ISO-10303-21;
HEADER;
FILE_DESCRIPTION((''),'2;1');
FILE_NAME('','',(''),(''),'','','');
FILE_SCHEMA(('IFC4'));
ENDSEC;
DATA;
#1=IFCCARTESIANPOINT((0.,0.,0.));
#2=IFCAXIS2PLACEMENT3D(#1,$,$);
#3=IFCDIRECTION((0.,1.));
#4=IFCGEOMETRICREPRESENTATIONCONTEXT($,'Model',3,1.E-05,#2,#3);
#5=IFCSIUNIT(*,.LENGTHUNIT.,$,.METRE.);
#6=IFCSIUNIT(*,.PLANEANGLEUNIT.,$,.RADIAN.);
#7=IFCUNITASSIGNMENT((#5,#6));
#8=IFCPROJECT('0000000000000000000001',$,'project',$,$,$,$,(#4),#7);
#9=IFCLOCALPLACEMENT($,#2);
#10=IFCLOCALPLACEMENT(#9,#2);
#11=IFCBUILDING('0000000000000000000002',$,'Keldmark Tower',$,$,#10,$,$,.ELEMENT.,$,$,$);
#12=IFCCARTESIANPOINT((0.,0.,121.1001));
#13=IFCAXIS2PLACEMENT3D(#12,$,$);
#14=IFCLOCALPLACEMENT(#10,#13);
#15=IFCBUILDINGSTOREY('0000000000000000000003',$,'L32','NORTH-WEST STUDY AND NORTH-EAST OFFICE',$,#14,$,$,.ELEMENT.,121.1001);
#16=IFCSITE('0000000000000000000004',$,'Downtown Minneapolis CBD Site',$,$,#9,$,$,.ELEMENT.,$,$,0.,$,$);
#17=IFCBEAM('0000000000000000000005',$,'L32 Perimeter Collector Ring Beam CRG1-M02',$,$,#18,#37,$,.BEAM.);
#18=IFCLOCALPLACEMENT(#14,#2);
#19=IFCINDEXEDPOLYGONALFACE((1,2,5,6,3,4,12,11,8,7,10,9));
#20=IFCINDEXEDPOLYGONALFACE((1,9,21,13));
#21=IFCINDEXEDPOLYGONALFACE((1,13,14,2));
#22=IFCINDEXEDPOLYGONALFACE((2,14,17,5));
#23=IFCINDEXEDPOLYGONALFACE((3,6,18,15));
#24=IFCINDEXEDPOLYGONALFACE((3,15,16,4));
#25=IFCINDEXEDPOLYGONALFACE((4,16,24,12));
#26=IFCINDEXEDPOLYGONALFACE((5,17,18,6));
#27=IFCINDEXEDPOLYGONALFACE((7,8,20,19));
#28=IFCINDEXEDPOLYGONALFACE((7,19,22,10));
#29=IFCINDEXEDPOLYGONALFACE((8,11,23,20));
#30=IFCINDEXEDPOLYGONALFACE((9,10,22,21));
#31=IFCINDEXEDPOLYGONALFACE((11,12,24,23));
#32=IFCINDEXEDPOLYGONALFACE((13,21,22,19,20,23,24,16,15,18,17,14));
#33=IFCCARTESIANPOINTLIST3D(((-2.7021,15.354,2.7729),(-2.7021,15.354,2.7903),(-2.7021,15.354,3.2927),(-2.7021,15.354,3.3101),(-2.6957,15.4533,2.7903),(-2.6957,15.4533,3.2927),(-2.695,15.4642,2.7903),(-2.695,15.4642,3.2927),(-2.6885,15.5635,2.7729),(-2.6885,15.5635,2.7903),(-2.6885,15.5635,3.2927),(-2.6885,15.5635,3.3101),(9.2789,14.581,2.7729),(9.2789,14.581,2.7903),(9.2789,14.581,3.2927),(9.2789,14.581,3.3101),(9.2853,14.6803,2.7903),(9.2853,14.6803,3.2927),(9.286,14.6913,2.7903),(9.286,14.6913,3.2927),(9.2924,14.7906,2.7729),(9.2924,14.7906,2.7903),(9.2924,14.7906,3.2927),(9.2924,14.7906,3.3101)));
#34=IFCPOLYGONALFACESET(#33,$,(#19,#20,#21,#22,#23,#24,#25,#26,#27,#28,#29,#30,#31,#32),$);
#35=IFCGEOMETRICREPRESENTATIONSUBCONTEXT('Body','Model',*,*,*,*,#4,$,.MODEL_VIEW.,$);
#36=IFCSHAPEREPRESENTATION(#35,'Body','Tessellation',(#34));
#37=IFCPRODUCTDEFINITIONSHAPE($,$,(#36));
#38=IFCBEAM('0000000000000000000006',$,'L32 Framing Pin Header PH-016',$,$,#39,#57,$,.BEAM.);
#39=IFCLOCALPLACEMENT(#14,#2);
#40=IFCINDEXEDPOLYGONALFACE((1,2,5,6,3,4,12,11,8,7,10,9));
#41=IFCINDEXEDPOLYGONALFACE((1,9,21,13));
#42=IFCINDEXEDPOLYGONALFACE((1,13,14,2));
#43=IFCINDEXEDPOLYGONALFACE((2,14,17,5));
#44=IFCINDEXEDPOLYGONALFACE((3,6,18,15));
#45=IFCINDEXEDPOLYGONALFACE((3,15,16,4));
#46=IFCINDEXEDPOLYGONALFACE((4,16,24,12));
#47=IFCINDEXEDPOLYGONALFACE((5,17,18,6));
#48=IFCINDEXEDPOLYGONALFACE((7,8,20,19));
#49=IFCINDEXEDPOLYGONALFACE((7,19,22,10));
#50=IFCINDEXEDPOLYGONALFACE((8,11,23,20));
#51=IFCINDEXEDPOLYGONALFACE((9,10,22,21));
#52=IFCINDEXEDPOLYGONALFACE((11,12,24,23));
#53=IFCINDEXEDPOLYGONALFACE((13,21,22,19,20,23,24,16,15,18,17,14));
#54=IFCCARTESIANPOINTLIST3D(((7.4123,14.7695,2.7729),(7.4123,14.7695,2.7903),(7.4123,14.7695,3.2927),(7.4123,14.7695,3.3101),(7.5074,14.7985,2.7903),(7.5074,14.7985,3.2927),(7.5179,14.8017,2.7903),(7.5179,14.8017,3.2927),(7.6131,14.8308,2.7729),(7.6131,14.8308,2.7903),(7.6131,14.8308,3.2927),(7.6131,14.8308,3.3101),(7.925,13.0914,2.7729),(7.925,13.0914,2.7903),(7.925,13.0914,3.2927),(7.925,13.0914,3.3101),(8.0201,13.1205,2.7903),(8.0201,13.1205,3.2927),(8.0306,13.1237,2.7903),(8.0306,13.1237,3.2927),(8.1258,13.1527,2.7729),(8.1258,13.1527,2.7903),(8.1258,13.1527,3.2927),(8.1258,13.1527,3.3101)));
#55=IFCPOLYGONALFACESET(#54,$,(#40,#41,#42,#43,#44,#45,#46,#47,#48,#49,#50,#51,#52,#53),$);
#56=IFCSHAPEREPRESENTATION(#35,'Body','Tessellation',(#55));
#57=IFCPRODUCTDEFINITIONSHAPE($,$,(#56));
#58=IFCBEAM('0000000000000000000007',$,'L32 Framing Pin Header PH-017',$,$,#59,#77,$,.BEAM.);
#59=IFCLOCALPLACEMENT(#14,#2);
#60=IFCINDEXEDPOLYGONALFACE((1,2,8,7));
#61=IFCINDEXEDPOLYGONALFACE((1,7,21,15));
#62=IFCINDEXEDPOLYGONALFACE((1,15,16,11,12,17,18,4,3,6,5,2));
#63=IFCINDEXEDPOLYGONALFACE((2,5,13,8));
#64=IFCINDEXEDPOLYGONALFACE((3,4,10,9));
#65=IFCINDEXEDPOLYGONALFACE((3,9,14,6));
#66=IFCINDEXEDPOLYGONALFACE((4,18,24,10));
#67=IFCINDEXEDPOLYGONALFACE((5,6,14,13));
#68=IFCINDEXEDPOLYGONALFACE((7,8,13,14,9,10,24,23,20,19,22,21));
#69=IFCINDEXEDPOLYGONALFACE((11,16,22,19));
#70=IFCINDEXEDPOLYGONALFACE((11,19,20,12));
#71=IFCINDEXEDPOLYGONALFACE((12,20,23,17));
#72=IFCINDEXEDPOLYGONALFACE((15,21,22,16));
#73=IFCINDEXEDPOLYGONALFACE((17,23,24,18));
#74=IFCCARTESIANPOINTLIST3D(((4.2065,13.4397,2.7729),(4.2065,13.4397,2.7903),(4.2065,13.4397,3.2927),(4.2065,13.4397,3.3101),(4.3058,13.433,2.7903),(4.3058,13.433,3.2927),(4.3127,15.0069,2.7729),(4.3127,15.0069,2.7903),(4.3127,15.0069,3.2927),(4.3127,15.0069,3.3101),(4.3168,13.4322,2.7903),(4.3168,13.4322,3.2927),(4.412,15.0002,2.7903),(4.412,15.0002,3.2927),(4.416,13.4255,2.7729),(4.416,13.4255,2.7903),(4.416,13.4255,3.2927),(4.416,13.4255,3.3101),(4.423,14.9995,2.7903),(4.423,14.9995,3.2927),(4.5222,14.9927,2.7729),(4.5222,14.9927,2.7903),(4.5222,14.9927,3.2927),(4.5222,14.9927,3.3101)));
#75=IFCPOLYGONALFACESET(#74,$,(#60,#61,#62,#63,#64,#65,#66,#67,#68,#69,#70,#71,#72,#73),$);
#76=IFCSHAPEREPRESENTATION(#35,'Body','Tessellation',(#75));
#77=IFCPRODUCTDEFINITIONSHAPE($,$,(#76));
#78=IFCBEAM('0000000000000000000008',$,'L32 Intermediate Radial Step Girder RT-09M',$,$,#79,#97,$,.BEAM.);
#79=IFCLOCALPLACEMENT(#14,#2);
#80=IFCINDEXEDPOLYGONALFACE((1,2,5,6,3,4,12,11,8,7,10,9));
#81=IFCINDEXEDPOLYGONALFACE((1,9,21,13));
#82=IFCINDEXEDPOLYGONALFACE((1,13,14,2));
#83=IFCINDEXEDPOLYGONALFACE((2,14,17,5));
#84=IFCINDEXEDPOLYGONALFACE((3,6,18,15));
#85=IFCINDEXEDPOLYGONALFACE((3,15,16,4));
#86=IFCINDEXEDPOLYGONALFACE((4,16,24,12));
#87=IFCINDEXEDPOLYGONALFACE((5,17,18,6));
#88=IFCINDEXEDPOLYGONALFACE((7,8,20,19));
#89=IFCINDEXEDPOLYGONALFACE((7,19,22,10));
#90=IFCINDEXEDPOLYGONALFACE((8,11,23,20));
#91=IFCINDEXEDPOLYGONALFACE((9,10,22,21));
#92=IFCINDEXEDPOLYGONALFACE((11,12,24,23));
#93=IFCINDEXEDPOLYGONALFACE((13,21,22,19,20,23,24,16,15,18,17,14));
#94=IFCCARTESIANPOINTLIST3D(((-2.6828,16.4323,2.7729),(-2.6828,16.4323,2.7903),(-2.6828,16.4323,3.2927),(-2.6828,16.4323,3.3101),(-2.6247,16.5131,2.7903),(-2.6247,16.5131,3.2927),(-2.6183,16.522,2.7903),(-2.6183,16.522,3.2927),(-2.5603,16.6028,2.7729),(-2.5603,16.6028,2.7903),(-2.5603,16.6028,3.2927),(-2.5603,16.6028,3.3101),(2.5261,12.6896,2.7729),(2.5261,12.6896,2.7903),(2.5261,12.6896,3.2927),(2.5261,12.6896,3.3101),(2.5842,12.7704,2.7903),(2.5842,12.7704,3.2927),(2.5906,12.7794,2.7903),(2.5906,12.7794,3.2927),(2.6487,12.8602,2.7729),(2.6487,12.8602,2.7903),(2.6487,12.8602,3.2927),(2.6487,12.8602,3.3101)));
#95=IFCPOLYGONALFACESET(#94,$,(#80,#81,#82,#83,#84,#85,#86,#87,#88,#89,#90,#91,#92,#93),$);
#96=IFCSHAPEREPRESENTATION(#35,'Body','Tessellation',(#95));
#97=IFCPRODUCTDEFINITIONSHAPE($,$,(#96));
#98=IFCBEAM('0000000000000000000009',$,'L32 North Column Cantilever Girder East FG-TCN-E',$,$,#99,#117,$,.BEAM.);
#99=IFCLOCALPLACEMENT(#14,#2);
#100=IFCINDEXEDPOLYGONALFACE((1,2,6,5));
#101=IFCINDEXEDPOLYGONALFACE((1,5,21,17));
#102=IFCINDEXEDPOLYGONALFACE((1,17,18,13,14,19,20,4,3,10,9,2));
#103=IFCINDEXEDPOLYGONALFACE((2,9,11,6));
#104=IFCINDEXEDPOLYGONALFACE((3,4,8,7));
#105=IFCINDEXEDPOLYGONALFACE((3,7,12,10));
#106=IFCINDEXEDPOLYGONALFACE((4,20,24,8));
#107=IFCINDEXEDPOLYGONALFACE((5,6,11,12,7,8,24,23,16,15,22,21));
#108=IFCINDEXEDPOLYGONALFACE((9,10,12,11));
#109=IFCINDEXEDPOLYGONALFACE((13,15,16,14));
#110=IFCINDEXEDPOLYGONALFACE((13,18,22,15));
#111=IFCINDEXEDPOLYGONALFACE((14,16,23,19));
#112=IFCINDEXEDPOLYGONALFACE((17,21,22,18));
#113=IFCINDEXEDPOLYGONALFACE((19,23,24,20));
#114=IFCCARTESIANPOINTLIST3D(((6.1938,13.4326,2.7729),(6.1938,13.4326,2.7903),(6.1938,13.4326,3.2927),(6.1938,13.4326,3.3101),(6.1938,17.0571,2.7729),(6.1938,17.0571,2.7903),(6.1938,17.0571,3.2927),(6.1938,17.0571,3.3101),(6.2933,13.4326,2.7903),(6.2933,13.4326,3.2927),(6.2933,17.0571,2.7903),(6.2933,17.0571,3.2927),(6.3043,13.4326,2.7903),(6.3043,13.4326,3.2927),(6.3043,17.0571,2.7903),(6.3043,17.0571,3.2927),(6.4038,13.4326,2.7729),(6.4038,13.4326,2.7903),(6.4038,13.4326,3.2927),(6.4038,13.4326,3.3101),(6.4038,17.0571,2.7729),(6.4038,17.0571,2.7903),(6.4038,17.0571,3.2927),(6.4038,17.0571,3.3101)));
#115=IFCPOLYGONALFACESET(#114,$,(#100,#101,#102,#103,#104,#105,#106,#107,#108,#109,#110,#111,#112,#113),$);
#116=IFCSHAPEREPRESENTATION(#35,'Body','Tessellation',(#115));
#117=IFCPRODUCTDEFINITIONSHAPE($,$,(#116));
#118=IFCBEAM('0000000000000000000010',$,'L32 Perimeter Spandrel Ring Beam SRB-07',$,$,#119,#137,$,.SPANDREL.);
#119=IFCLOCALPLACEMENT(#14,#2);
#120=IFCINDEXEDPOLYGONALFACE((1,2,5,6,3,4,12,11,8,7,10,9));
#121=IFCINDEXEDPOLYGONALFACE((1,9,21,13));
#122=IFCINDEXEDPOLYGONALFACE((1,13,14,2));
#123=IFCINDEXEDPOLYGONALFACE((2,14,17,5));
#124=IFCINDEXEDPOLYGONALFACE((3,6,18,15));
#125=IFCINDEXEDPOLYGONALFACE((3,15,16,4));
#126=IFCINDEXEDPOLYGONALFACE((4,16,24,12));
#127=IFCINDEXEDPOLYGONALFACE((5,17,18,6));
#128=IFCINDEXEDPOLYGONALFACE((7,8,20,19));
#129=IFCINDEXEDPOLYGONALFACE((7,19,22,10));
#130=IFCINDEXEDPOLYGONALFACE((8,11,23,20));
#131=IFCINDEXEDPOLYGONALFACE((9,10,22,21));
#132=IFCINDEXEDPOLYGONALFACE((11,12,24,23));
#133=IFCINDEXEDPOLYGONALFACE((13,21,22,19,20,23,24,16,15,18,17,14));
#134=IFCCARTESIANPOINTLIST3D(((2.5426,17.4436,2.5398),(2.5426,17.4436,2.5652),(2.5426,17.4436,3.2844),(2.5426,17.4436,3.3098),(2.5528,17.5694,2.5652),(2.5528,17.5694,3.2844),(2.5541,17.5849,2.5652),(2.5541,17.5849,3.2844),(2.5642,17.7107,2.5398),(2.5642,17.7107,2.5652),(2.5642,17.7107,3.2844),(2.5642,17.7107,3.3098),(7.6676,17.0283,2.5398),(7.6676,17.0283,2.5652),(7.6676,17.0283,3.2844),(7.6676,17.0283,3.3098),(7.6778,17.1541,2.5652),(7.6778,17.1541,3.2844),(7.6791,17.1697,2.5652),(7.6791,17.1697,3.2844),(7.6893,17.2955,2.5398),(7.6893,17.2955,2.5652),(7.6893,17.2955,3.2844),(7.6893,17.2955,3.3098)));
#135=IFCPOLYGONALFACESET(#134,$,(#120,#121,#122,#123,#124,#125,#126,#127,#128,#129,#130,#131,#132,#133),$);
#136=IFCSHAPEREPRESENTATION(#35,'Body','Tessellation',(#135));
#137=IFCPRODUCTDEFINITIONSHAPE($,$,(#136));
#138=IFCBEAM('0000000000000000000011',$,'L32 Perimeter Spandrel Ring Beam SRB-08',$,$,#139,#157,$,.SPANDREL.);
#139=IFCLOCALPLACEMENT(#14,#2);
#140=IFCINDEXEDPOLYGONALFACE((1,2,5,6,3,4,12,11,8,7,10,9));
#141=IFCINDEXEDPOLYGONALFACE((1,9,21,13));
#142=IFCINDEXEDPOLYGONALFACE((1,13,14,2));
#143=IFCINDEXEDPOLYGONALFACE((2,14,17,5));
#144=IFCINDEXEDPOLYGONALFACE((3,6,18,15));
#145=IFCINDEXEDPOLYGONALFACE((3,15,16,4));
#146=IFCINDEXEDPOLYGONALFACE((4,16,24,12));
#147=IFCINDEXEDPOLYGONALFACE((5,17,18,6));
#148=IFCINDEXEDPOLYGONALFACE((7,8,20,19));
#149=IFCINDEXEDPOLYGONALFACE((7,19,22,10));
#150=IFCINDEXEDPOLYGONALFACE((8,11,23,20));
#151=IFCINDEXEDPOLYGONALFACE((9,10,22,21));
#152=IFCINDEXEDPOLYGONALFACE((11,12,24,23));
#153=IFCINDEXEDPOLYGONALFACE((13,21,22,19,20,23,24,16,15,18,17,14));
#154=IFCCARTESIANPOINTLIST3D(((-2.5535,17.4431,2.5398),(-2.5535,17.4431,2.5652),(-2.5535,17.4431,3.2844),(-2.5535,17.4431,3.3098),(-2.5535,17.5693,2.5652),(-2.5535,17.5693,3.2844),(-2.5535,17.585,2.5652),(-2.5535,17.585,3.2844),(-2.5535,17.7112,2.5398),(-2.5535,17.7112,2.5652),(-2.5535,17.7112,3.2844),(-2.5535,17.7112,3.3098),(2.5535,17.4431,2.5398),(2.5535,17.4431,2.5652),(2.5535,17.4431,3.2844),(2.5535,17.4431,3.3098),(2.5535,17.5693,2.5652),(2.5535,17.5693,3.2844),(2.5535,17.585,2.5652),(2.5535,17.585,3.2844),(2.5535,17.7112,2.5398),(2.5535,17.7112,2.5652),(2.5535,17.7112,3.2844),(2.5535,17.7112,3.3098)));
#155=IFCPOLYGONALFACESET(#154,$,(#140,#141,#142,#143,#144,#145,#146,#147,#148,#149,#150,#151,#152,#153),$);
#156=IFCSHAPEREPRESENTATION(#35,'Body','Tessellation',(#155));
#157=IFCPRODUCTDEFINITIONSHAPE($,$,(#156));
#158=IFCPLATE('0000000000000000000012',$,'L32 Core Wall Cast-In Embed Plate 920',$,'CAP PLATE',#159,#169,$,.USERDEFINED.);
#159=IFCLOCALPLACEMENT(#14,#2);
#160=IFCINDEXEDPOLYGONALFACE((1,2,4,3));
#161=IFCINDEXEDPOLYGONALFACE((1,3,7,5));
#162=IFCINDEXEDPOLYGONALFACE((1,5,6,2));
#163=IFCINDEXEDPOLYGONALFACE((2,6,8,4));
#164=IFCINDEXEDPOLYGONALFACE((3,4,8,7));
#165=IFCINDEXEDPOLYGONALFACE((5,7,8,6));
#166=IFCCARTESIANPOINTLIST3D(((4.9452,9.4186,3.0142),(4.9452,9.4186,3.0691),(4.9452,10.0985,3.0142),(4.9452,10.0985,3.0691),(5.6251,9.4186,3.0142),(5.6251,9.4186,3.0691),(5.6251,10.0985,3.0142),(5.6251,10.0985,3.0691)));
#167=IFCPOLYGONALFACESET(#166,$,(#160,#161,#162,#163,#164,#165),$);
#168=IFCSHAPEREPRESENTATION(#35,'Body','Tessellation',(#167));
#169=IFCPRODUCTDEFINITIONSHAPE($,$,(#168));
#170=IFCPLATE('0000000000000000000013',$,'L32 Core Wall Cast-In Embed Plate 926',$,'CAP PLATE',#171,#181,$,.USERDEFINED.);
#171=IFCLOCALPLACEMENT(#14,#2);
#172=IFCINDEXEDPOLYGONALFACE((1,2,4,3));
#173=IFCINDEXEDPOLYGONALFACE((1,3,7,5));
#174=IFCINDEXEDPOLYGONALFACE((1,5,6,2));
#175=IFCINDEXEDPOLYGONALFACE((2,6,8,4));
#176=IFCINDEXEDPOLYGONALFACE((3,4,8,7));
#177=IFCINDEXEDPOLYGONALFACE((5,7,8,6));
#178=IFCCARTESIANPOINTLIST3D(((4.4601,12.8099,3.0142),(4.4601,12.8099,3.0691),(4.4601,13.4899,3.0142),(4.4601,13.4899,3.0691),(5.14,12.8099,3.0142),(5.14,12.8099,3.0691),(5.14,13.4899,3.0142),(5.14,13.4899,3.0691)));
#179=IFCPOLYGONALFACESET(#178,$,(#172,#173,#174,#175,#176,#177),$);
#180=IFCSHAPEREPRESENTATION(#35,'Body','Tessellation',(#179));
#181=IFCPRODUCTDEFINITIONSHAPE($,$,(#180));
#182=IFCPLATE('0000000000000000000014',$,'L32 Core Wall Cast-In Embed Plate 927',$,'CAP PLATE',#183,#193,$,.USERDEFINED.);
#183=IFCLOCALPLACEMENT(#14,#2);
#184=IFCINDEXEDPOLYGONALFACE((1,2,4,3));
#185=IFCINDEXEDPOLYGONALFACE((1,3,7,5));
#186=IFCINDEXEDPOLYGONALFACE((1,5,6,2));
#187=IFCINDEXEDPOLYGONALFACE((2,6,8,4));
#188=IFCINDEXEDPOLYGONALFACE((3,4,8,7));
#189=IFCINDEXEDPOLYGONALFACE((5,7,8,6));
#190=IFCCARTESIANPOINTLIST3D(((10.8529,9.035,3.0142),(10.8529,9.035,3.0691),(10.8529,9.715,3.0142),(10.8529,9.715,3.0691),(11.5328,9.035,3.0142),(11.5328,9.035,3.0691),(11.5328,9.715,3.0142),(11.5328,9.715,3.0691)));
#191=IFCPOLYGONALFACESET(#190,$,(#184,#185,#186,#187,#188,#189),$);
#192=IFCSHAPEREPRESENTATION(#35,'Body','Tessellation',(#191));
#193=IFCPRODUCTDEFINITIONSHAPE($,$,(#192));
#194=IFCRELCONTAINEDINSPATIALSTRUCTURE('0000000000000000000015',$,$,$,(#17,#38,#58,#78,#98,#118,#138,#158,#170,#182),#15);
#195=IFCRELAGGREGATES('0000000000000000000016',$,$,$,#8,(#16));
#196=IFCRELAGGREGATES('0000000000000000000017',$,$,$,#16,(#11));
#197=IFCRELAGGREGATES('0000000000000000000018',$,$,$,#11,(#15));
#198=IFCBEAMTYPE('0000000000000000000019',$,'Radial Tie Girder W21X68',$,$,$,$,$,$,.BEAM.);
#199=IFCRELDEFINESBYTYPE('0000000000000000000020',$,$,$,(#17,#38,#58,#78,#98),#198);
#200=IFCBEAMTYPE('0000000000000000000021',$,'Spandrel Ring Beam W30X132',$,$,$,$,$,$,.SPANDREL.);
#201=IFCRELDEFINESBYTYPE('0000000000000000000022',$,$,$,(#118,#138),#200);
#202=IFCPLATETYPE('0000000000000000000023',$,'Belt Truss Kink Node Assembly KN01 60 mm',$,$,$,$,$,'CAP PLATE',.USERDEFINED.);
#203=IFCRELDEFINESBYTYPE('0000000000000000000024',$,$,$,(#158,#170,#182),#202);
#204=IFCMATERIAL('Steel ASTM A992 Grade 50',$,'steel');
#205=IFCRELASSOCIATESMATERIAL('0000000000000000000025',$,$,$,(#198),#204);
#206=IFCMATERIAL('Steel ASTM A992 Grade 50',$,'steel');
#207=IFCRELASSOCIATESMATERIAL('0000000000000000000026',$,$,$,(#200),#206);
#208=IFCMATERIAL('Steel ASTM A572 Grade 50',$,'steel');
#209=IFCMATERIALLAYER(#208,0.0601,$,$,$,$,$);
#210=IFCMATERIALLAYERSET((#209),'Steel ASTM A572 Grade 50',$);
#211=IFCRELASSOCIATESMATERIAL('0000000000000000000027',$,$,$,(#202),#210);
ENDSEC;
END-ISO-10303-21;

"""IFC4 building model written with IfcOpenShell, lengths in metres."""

from ifc_helpers import new_model, si_unit, direction, frame, origin, origin_2d, place, context, subcontext, project, spatial, rectangle, i_section, extrude, material, layer, layer_set, material_profile, profile_set, type_object, element, save


model = new_model("IFC4")

# Units and contexts
model_context = context("Model", 3, precision=1e-05, world=origin(), true_north=direction((0.0, 1.0)))
body_context = subcontext(model_context, "Body", "Model", "MODEL_VIEW")
ifc_project = project(units=[si_unit("LENGTHUNIT", "METRE"), si_unit("PLANEANGLEUNIT", "RADIAN")], contexts=[model_context])

# Site, building, storey
site_placement = place(None, origin())
site = spatial("IfcSite", under=ifc_project, at=site_placement, Name="Downtown Minneapolis CBD Site", CompositionType="ELEMENT", RefElevation=0.0)
building_placement = place(site_placement, origin())
building = spatial("IfcBuilding", under=site, at=building_placement, Name="Keldmark Tower", CompositionType="ELEMENT")
storey_placement = place(building_placement, frame((0.0, 0.0, 121.1001)))
storey = spatial("IfcBuildingStorey", under=building, at=storey_placement, Name="L32", Description="NORTH-WEST STUDY AND NORTH-EAST OFFICE", CompositionType="ELEMENT", Elevation=121.1001)

# Beams
ifc_material_1 = material(Name="Steel ASTM A992 Grade 50", Category="steel")
ifc_material_profile_1 = material_profile(ifc_material_1, i_section(OverallWidth=0.21, OverallDepth=0.5371, WebThickness=0.011, FlangeThickness=0.0173, at=origin_2d()), Name="W21X68")
ifc_profile_set_1 = profile_set([ifc_material_profile_1], Name="Steel ASTM A992 Grade 50")
beam_type_1 = type_object("IfcBeamType", Name="Radial Tie Girder W21X68", PredefinedType="BEAM", material=ifc_profile_set_1)
beam_1_placement = place(storey_placement, frame((9.2856, 14.6858, 3.0415), z_axis=(-0.997925, 0.064381, 0.0), x_axis=(-0.064381, -0.997925, 0.0)))
element("IfcBeam", 1, at=beam_1_placement, inside=storey, type_object=beam_type_1, Name="L32 Perimeter Collector Ring Beam CRG1-M02", PredefinedType="BEAM", context=body_context, shape_type="SweptSolid", body=[
    extrude(i_section(OverallWidth=0.21, OverallDepth=0.5371, WebThickness=0.011, FlangeThickness=0.0173, at=origin_2d()), origin(), (0.0, 0.0, 1.0), 12.0059),
])
beam_2_placement = place(storey_placement, frame((8.0254, 13.1221, 3.0415), z_axis=(-0.292208, 0.956355, 0.0), x_axis=(-0.956355, -0.292208, 0.0)))
element("IfcBeam", 2, at=beam_2_placement, inside=storey, type_object=beam_type_1, Name="L32 Framing Pin Header PH-016", PredefinedType="BEAM", context=body_context, shape_type="SweptSolid", body=[
    extrude(i_section(OverallWidth=0.21, OverallDepth=0.5371, WebThickness=0.011, FlangeThickness=0.0173, at=origin_2d()), origin(), (0.0, 0.0, 1.0), 1.7546),
])
beam_3_placement = place(storey_placement, frame((4.3113, 13.4326, 3.0415), z_axis=(0.067612, 0.997712, 0.0), x_axis=(-0.997712, 0.067612, 0.0)))
element("IfcBeam", 3, at=beam_3_placement, inside=storey, type_object=beam_type_1, Name="L32 Framing Pin Header PH-017", PredefinedType="BEAM", context=body_context, shape_type="SweptSolid", body=[
    extrude(i_section(OverallWidth=0.21, OverallDepth=0.5371, WebThickness=0.011, FlangeThickness=0.0173, at=origin_2d()), origin(), (0.0, 0.0, 1.0), 1.5708),
])
beam_4_placement = place(storey_placement, frame((2.5874, 12.7749, 3.0415), z_axis=(-0.81211, 0.583504, 0.0), x_axis=(-0.583504, -0.81211, 0.0)))
element("IfcBeam", 4, at=beam_4_placement, inside=storey, type_object=beam_type_1, Name="L32 Intermediate Radial Step Girder RT-09M", PredefinedType="BEAM", context=body_context, shape_type="SweptSolid", body=[
    extrude(i_section(OverallWidth=0.21, OverallDepth=0.5371, WebThickness=0.011, FlangeThickness=0.0173, at=origin_2d()), origin(), (0.0, 0.0, 1.0), 6.4141),
])
beam_5_placement = place(storey_placement, frame((6.2988, 13.4326, 3.0415), z_axis=(0.0, 1.0, 0.0), x_axis=(-1.0, 0.0, 0.0)))
element("IfcBeam", 5, at=beam_5_placement, inside=storey, type_object=beam_type_1, Name="L32 North Column Cantilever Girder East FG-TCN-E", PredefinedType="BEAM", context=body_context, shape_type="SweptSolid", body=[
    extrude(i_section(OverallWidth=0.21, OverallDepth=0.5371, WebThickness=0.011, FlangeThickness=0.0173, at=origin_2d()), origin(), (0.0, 0.0, 1.0), 3.6245),
])
ifc_material_2 = material(Name="Steel ASTM A992 Grade 50", Category="steel")
ifc_material_profile_2 = material_profile(ifc_material_2, i_section(OverallWidth=0.2681, OverallDepth=0.77, WebThickness=0.0156, FlangeThickness=0.0254, at=origin_2d()), Name="W30X132")
ifc_profile_set_2 = profile_set([ifc_material_profile_2], Name="Steel ASTM A992 Grade 50")
beam_type_2 = type_object("IfcBeamType", Name="Spandrel Ring Beam W30X132", PredefinedType="SPANDREL", material=ifc_profile_set_2)
beam_6_placement = place(storey_placement, frame((7.6785, 17.1619, 2.9248), z_axis=(-0.996733, 0.080766, 0.0), x_axis=(-0.080766, -0.996733, 0.0)))
element("IfcBeam", 6, at=beam_6_placement, inside=storey, type_object=beam_type_2, Name="L32 Perimeter Spandrel Ring Beam SRB-07", PredefinedType="SPANDREL", context=body_context, shape_type="SweptSolid", body=[
    extrude(i_section(OverallWidth=0.2681, OverallDepth=0.77, WebThickness=0.0156, FlangeThickness=0.0254, at=origin_2d()), origin(), (0.0, 0.0, 1.0), 5.1418),
])
beam_7_placement = place(storey_placement, frame((2.5535, 17.5771, 2.9248), z_axis=(-1.0, 0.0, 0.0), x_axis=(0.0, -1.0, 0.0)))
element("IfcBeam", 7, at=beam_7_placement, inside=storey, type_object=beam_type_2, Name="L32 Perimeter Spandrel Ring Beam SRB-08", PredefinedType="SPANDREL", context=body_context, shape_type="SweptSolid", body=[
    extrude(i_section(OverallWidth=0.2681, OverallDepth=0.77, WebThickness=0.0156, FlangeThickness=0.0254, at=origin_2d()), origin(), (0.0, 0.0, 1.0), 5.1069),
])

# Plates
ifc_material_3 = material(Name="Steel ASTM A572 Grade 50", Category="steel")
ifc_layer_1 = layer(ifc_material_3, 0.0601)
ifc_layer_set_1 = layer_set([ifc_layer_1], Name="Steel ASTM A572 Grade 50")
plate_type_1 = type_object("IfcPlateType", Name="Belt Truss Kink Node Assembly KN01 60 mm", ElementType="CAP PLATE", PredefinedType="USERDEFINED", material=ifc_layer_set_1)
for number, where, z_axis, x_axis, name in (
    (8, (5.2852, 9.7585, 3.0142), (0.0, 0.0, 1.0), (1.0, 0.0, 0.0), "L32 Core Wall Cast-In Embed Plate 920"),
    (9, (4.8, 13.1499, 3.0142), (0.0, 0.0, 1.0), (1.0, 0.0, 0.0), "L32 Core Wall Cast-In Embed Plate 926"),
    (10, (11.1929, 9.375, 3.0142), (0.0, 0.0, 1.0), (1.0, 0.0, 0.0), "L32 Core Wall Cast-In Embed Plate 927"),
):
    element("IfcPlate", number, at=place(storey_placement, frame(where, z_axis=z_axis, x_axis=x_axis)), inside=storey, type_object=plate_type_1, Name=name, ObjectType="CAP PLATE", PredefinedType="USERDEFINED", context=body_context, shape_type="SweptSolid", body=[
        extrude(rectangle(XDim=0.6799, YDim=0.6799, at=origin_2d()), origin(), (0.0, 0.0, 1.0), 0.0549),
    ])

save(model, "model.ifc")
